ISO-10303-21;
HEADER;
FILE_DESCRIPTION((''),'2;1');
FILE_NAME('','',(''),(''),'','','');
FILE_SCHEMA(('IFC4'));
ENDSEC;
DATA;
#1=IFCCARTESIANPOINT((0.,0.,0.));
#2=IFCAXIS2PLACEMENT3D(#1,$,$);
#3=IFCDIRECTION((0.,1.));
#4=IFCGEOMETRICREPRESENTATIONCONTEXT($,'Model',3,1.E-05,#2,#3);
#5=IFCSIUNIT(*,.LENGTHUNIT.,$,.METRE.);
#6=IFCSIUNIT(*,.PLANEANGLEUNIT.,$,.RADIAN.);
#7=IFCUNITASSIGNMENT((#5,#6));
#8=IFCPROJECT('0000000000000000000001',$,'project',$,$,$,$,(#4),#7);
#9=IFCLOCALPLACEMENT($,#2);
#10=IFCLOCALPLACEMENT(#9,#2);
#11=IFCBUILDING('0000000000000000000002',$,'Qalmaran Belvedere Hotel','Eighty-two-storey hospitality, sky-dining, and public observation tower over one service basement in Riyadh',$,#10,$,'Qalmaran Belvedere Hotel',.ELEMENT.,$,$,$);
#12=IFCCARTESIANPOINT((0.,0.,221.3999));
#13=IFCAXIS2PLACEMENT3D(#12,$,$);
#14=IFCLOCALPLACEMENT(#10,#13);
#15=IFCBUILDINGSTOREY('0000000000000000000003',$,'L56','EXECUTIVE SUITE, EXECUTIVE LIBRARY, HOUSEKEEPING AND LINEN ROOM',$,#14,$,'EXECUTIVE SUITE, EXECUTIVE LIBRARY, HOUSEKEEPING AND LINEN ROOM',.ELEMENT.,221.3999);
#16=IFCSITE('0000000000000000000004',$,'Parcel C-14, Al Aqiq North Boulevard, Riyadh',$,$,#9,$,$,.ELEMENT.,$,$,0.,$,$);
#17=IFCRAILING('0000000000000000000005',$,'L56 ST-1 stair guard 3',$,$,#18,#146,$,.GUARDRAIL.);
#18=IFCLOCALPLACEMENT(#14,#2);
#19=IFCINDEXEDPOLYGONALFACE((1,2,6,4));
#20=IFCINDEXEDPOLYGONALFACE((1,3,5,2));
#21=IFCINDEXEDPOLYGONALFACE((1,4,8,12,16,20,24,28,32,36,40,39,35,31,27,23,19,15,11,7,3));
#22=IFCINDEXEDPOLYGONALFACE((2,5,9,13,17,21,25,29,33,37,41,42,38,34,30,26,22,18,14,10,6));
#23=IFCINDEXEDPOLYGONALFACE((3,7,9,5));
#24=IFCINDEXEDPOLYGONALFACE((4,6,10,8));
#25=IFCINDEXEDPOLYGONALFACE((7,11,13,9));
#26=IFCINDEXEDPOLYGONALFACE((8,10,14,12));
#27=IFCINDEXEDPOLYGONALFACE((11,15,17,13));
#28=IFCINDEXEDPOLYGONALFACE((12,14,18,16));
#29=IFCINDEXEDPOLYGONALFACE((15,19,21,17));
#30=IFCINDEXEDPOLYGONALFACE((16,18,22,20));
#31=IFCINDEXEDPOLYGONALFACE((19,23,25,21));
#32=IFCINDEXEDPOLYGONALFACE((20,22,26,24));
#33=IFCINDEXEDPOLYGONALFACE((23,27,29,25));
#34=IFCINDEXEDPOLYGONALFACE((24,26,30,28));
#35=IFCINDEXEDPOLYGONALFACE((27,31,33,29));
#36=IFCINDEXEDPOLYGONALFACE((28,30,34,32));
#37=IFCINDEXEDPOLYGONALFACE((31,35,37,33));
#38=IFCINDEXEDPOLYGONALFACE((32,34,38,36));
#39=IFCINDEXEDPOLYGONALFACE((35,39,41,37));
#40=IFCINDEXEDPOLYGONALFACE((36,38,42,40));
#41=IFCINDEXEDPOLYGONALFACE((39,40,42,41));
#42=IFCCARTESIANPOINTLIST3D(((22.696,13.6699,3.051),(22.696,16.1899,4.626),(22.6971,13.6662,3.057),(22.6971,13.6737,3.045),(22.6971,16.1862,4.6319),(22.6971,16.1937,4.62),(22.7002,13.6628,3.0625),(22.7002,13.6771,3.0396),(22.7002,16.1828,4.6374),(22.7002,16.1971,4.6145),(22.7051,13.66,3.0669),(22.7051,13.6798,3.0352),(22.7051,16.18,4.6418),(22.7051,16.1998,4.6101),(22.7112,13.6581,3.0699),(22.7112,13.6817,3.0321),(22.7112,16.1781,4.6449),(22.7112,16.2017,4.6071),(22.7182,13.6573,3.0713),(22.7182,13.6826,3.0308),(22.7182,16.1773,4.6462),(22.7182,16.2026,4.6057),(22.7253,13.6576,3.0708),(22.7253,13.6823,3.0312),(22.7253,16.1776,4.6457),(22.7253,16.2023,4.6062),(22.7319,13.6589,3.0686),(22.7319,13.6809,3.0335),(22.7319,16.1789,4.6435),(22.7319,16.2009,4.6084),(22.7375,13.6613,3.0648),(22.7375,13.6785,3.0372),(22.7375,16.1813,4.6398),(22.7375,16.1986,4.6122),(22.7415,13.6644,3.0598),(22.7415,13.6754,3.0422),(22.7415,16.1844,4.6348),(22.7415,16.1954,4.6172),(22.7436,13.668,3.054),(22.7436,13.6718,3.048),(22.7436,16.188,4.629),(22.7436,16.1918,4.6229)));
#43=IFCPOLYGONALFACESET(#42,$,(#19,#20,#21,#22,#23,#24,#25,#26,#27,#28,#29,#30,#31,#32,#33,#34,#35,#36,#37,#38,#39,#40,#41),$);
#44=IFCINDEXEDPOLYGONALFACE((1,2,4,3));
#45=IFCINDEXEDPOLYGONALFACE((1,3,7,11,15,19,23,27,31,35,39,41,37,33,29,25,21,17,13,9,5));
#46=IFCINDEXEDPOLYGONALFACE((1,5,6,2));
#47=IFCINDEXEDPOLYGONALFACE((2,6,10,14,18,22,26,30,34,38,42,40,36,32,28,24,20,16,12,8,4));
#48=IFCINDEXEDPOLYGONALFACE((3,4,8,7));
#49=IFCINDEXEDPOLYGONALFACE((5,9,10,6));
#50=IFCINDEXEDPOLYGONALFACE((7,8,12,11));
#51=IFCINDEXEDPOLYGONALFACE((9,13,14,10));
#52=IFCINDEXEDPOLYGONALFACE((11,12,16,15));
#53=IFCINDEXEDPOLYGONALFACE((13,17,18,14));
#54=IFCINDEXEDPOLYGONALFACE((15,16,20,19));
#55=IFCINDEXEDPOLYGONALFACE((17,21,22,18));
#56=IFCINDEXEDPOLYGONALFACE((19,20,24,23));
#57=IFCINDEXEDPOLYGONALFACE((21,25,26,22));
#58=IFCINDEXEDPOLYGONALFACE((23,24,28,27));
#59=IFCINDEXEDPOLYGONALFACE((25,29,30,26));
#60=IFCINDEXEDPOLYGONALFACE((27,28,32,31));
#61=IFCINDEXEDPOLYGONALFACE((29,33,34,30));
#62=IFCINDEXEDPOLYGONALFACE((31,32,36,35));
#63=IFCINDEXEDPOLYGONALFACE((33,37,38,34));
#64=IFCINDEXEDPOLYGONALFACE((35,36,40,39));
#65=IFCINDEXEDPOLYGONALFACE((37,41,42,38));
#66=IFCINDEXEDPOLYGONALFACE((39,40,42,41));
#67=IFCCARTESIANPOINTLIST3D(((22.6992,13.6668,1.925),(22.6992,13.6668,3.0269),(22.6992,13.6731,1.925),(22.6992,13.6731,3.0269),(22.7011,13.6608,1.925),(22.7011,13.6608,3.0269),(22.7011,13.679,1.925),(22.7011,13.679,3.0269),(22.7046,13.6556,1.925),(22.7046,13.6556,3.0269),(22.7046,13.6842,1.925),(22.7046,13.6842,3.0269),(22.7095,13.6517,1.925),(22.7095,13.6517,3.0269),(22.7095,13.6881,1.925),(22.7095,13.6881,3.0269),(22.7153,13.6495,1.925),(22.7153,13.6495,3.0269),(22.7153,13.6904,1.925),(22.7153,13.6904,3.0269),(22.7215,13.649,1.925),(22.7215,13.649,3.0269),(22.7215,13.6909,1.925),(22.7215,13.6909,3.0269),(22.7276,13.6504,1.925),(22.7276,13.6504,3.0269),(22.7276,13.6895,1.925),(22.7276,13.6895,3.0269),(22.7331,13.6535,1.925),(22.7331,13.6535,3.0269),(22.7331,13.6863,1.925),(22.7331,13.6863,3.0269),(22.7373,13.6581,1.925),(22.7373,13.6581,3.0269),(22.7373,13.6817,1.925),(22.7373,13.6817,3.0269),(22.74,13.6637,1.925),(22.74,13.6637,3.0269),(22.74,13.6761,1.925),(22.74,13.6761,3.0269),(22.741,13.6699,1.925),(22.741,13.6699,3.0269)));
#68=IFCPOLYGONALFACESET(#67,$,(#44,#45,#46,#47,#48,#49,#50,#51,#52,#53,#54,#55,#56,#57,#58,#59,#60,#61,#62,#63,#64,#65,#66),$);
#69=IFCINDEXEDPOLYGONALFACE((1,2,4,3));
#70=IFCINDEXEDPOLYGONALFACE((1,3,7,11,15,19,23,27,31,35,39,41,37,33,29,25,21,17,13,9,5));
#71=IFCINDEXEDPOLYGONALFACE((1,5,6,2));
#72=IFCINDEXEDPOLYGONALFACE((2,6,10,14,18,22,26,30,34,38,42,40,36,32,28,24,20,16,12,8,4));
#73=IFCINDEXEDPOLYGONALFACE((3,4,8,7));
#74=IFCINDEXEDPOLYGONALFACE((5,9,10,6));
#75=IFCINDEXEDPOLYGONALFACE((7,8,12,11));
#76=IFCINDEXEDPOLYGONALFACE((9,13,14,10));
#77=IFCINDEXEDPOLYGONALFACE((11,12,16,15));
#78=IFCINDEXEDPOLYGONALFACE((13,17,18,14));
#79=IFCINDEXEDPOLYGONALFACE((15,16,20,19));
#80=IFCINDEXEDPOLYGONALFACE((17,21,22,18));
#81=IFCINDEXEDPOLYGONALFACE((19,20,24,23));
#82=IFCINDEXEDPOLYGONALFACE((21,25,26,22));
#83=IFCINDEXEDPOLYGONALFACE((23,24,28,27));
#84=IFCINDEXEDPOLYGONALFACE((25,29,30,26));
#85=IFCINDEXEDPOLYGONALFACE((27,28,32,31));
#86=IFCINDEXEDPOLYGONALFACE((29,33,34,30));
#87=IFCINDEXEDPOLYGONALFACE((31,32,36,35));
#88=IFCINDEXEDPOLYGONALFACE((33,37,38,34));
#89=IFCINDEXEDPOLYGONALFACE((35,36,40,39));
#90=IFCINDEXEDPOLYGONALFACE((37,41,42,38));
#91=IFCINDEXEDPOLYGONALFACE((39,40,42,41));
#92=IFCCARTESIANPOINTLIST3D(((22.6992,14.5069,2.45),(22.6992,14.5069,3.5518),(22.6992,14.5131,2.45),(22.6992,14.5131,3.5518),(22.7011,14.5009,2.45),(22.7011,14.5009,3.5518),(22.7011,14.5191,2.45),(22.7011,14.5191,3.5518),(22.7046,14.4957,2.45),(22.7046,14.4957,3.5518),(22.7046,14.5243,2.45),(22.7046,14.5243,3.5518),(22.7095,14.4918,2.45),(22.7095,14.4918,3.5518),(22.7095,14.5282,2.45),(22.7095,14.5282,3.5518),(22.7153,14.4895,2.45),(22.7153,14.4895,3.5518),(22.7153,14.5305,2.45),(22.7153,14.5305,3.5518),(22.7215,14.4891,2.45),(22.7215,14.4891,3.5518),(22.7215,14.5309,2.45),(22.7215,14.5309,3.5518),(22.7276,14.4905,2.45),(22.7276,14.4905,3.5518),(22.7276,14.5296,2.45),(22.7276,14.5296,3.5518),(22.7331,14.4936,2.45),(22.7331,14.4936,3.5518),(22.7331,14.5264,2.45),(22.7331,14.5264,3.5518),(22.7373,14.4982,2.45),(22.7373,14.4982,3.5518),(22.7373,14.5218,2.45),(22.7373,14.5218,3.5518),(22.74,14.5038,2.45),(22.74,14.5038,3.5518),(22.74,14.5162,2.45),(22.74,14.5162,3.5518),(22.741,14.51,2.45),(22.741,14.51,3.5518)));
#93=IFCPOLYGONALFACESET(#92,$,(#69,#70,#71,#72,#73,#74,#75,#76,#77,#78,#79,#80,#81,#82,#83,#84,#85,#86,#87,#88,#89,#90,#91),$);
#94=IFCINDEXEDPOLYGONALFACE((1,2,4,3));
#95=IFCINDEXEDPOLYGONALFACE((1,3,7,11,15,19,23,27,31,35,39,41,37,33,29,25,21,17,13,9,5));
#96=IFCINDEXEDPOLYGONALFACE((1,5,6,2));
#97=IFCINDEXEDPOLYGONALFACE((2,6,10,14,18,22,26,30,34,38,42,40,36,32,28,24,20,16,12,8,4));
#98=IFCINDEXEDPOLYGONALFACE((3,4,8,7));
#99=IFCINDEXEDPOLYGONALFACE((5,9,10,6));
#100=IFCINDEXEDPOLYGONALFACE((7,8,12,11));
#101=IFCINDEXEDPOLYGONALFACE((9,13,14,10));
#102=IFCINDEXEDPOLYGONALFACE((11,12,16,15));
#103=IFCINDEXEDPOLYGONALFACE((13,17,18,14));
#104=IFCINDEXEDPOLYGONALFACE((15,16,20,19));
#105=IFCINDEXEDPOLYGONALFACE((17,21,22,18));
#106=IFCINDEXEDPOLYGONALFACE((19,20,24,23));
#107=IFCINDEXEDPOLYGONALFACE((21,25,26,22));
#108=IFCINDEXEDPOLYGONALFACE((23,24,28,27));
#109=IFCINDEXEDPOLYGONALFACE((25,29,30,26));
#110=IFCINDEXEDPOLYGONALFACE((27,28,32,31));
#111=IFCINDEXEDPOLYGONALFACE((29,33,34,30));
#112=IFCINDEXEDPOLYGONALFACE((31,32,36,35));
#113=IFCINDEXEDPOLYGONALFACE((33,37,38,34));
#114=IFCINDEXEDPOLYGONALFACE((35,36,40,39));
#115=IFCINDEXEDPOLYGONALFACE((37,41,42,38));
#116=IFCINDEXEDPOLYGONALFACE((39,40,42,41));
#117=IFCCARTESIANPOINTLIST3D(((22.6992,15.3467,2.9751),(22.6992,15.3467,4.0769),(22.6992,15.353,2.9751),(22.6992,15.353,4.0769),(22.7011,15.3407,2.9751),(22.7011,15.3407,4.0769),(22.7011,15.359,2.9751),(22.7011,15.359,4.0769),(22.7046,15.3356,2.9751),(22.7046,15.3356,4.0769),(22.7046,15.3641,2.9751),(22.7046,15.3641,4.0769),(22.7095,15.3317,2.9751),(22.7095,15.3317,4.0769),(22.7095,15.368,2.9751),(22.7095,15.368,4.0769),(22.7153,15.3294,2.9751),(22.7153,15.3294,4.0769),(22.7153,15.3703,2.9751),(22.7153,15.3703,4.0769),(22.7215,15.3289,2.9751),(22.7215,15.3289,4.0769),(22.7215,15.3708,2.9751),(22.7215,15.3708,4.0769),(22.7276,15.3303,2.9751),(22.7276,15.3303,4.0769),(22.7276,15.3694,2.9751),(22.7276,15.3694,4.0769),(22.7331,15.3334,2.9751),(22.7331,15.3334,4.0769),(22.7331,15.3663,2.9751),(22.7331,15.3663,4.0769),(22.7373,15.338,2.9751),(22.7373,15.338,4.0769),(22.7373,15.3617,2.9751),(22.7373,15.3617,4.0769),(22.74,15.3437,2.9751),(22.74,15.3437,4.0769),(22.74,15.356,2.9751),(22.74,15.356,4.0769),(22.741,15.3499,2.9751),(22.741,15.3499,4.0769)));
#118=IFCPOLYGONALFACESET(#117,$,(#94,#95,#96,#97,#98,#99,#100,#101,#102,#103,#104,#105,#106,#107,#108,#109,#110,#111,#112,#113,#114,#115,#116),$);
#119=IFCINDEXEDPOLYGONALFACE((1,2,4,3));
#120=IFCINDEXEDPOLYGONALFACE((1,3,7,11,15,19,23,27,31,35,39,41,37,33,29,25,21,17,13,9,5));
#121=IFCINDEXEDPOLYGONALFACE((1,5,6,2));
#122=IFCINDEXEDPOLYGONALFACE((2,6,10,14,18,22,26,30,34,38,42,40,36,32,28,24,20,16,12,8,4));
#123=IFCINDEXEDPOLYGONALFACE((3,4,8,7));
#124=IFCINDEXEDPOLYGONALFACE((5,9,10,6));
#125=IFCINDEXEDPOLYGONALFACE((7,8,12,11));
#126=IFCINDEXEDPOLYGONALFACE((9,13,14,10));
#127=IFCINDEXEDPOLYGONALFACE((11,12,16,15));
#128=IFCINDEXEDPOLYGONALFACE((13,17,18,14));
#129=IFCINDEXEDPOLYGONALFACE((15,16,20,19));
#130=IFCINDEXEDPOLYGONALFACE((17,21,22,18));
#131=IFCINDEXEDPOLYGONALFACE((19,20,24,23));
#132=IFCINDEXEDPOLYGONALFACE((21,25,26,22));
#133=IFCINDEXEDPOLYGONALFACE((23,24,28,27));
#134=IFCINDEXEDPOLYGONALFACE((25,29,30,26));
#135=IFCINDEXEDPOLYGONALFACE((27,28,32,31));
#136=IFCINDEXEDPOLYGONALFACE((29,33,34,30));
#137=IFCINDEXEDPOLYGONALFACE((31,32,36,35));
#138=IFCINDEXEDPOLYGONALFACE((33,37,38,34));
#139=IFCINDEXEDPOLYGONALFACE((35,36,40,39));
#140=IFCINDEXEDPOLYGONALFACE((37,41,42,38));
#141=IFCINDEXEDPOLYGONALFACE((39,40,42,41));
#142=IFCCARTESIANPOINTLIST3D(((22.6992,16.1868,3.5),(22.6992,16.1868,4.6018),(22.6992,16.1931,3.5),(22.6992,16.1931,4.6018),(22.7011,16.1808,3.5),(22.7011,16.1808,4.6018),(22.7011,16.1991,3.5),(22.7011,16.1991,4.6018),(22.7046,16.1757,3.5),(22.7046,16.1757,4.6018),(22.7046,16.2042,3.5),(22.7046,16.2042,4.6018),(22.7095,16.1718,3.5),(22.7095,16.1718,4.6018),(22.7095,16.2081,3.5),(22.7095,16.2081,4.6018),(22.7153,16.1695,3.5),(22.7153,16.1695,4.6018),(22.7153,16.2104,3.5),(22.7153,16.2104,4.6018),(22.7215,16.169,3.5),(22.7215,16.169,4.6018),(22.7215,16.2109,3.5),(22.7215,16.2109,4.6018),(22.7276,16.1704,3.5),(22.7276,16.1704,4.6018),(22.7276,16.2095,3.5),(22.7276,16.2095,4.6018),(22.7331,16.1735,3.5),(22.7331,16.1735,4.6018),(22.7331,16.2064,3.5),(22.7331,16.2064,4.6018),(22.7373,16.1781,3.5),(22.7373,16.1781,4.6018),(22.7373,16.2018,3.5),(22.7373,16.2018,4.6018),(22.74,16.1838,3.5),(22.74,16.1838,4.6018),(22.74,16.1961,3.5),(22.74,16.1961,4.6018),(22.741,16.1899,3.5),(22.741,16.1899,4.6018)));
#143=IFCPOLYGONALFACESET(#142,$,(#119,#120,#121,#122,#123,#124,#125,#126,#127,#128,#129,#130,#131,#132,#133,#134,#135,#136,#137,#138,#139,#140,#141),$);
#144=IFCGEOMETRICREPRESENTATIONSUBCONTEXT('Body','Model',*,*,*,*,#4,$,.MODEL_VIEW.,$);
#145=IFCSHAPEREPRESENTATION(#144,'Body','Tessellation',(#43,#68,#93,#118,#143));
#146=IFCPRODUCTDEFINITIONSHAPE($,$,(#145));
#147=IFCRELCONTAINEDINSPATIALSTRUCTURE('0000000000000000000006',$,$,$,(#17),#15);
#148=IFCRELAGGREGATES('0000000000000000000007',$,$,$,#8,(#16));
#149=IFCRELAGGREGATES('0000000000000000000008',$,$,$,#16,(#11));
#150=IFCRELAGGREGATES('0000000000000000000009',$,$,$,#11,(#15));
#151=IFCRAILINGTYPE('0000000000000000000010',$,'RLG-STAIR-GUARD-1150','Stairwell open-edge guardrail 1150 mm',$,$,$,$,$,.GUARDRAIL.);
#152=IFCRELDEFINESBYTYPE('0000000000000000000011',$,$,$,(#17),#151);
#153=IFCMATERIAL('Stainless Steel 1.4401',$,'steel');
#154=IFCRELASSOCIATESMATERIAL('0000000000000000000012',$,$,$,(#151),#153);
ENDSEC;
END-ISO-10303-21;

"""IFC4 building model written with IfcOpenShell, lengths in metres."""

from ifc_helpers import new_model, si_unit, direction, frame, origin, origin_2d, place, context, subcontext, project, spatial, circle, extrude, material, type_object, element, save


model = new_model("IFC4")

# Units and contexts
model_context = context("Model", 3, precision=1e-05, world=origin(), true_north=direction((0.0, 1.0)))
body_context = subcontext(model_context, "Body", "Model", "MODEL_VIEW")
ifc_project = project(units=[si_unit("LENGTHUNIT", "METRE"), si_unit("PLANEANGLEUNIT", "RADIAN")], contexts=[model_context])

# Site, building, storey
site_placement = place(None, origin())
site = spatial("IfcSite", under=ifc_project, at=site_placement, Name="Parcel C-14, Al Aqiq North Boulevard, Riyadh", CompositionType="ELEMENT", RefElevation=0.0)
building_placement = place(site_placement, origin())
building = spatial("IfcBuilding", under=site, at=building_placement, Name="Qalmaran Belvedere Hotel", Description="Eighty-two-storey hospitality, sky-dining, and public observation tower over one service basement in Riyadh", LongName="Qalmaran Belvedere Hotel", CompositionType="ELEMENT")
storey_placement = place(building_placement, frame((0.0, 0.0, 221.3999)))
storey = spatial("IfcBuildingStorey", under=building, at=storey_placement, Name="L56", Description="EXECUTIVE SUITE, EXECUTIVE LIBRARY, HOUSEKEEPING AND LINEN ROOM", LongName="EXECUTIVE SUITE, EXECUTIVE LIBRARY, HOUSEKEEPING AND LINEN ROOM", CompositionType="ELEMENT", Elevation=221.3999)

# Railing
ifc_material_1 = material(Name="Stainless Steel 1.4401", Category="steel")
railing_type_1 = type_object("IfcRailingType", Name="RLG-STAIR-GUARD-1150", Description="Stairwell open-edge guardrail 1150 mm", PredefinedType="GUARDRAIL", material=ifc_material_1)
railing_1_placement = place(storey_placement, frame((22.72, 13.6699, 1.925)))
element("IfcRailing", 1, at=railing_1_placement, inside=storey, type_object=railing_type_1, Name="L56 ST-1 stair guard 3", PredefinedType="GUARDRAIL", context=body_context, shape_type="SweptSolid", body=[
    extrude(circle(Radius=0.0239, at=origin_2d()), frame((0.0, 0.0, 1.126), z_axis=(0.0, 0.848008, 0.529984), x_axis=(-1.0, 0.0, 0.0)), (0.0, 0.0, 1.0), 2.9717),
    extrude(circle(Radius=0.021, at=origin_2d()), origin(), (0.0, 0.0, 1.0), 1.1018),
    extrude(circle(Radius=0.021, at=origin_2d()), frame((0.0, 0.8401, 0.5249)), (0.0, 0.0, 1.0), 1.1018),
    extrude(circle(Radius=0.021, at=origin_2d()), frame((0.0, 1.6799, 1.05)), (0.0, 0.0, 1.0), 1.1018),
    extrude(circle(Radius=0.021, at=origin_2d()), frame((0.0, 2.52, 1.575)), (0.0, 0.0, 1.0), 1.1018),
])

save(model, "model.ifc")
